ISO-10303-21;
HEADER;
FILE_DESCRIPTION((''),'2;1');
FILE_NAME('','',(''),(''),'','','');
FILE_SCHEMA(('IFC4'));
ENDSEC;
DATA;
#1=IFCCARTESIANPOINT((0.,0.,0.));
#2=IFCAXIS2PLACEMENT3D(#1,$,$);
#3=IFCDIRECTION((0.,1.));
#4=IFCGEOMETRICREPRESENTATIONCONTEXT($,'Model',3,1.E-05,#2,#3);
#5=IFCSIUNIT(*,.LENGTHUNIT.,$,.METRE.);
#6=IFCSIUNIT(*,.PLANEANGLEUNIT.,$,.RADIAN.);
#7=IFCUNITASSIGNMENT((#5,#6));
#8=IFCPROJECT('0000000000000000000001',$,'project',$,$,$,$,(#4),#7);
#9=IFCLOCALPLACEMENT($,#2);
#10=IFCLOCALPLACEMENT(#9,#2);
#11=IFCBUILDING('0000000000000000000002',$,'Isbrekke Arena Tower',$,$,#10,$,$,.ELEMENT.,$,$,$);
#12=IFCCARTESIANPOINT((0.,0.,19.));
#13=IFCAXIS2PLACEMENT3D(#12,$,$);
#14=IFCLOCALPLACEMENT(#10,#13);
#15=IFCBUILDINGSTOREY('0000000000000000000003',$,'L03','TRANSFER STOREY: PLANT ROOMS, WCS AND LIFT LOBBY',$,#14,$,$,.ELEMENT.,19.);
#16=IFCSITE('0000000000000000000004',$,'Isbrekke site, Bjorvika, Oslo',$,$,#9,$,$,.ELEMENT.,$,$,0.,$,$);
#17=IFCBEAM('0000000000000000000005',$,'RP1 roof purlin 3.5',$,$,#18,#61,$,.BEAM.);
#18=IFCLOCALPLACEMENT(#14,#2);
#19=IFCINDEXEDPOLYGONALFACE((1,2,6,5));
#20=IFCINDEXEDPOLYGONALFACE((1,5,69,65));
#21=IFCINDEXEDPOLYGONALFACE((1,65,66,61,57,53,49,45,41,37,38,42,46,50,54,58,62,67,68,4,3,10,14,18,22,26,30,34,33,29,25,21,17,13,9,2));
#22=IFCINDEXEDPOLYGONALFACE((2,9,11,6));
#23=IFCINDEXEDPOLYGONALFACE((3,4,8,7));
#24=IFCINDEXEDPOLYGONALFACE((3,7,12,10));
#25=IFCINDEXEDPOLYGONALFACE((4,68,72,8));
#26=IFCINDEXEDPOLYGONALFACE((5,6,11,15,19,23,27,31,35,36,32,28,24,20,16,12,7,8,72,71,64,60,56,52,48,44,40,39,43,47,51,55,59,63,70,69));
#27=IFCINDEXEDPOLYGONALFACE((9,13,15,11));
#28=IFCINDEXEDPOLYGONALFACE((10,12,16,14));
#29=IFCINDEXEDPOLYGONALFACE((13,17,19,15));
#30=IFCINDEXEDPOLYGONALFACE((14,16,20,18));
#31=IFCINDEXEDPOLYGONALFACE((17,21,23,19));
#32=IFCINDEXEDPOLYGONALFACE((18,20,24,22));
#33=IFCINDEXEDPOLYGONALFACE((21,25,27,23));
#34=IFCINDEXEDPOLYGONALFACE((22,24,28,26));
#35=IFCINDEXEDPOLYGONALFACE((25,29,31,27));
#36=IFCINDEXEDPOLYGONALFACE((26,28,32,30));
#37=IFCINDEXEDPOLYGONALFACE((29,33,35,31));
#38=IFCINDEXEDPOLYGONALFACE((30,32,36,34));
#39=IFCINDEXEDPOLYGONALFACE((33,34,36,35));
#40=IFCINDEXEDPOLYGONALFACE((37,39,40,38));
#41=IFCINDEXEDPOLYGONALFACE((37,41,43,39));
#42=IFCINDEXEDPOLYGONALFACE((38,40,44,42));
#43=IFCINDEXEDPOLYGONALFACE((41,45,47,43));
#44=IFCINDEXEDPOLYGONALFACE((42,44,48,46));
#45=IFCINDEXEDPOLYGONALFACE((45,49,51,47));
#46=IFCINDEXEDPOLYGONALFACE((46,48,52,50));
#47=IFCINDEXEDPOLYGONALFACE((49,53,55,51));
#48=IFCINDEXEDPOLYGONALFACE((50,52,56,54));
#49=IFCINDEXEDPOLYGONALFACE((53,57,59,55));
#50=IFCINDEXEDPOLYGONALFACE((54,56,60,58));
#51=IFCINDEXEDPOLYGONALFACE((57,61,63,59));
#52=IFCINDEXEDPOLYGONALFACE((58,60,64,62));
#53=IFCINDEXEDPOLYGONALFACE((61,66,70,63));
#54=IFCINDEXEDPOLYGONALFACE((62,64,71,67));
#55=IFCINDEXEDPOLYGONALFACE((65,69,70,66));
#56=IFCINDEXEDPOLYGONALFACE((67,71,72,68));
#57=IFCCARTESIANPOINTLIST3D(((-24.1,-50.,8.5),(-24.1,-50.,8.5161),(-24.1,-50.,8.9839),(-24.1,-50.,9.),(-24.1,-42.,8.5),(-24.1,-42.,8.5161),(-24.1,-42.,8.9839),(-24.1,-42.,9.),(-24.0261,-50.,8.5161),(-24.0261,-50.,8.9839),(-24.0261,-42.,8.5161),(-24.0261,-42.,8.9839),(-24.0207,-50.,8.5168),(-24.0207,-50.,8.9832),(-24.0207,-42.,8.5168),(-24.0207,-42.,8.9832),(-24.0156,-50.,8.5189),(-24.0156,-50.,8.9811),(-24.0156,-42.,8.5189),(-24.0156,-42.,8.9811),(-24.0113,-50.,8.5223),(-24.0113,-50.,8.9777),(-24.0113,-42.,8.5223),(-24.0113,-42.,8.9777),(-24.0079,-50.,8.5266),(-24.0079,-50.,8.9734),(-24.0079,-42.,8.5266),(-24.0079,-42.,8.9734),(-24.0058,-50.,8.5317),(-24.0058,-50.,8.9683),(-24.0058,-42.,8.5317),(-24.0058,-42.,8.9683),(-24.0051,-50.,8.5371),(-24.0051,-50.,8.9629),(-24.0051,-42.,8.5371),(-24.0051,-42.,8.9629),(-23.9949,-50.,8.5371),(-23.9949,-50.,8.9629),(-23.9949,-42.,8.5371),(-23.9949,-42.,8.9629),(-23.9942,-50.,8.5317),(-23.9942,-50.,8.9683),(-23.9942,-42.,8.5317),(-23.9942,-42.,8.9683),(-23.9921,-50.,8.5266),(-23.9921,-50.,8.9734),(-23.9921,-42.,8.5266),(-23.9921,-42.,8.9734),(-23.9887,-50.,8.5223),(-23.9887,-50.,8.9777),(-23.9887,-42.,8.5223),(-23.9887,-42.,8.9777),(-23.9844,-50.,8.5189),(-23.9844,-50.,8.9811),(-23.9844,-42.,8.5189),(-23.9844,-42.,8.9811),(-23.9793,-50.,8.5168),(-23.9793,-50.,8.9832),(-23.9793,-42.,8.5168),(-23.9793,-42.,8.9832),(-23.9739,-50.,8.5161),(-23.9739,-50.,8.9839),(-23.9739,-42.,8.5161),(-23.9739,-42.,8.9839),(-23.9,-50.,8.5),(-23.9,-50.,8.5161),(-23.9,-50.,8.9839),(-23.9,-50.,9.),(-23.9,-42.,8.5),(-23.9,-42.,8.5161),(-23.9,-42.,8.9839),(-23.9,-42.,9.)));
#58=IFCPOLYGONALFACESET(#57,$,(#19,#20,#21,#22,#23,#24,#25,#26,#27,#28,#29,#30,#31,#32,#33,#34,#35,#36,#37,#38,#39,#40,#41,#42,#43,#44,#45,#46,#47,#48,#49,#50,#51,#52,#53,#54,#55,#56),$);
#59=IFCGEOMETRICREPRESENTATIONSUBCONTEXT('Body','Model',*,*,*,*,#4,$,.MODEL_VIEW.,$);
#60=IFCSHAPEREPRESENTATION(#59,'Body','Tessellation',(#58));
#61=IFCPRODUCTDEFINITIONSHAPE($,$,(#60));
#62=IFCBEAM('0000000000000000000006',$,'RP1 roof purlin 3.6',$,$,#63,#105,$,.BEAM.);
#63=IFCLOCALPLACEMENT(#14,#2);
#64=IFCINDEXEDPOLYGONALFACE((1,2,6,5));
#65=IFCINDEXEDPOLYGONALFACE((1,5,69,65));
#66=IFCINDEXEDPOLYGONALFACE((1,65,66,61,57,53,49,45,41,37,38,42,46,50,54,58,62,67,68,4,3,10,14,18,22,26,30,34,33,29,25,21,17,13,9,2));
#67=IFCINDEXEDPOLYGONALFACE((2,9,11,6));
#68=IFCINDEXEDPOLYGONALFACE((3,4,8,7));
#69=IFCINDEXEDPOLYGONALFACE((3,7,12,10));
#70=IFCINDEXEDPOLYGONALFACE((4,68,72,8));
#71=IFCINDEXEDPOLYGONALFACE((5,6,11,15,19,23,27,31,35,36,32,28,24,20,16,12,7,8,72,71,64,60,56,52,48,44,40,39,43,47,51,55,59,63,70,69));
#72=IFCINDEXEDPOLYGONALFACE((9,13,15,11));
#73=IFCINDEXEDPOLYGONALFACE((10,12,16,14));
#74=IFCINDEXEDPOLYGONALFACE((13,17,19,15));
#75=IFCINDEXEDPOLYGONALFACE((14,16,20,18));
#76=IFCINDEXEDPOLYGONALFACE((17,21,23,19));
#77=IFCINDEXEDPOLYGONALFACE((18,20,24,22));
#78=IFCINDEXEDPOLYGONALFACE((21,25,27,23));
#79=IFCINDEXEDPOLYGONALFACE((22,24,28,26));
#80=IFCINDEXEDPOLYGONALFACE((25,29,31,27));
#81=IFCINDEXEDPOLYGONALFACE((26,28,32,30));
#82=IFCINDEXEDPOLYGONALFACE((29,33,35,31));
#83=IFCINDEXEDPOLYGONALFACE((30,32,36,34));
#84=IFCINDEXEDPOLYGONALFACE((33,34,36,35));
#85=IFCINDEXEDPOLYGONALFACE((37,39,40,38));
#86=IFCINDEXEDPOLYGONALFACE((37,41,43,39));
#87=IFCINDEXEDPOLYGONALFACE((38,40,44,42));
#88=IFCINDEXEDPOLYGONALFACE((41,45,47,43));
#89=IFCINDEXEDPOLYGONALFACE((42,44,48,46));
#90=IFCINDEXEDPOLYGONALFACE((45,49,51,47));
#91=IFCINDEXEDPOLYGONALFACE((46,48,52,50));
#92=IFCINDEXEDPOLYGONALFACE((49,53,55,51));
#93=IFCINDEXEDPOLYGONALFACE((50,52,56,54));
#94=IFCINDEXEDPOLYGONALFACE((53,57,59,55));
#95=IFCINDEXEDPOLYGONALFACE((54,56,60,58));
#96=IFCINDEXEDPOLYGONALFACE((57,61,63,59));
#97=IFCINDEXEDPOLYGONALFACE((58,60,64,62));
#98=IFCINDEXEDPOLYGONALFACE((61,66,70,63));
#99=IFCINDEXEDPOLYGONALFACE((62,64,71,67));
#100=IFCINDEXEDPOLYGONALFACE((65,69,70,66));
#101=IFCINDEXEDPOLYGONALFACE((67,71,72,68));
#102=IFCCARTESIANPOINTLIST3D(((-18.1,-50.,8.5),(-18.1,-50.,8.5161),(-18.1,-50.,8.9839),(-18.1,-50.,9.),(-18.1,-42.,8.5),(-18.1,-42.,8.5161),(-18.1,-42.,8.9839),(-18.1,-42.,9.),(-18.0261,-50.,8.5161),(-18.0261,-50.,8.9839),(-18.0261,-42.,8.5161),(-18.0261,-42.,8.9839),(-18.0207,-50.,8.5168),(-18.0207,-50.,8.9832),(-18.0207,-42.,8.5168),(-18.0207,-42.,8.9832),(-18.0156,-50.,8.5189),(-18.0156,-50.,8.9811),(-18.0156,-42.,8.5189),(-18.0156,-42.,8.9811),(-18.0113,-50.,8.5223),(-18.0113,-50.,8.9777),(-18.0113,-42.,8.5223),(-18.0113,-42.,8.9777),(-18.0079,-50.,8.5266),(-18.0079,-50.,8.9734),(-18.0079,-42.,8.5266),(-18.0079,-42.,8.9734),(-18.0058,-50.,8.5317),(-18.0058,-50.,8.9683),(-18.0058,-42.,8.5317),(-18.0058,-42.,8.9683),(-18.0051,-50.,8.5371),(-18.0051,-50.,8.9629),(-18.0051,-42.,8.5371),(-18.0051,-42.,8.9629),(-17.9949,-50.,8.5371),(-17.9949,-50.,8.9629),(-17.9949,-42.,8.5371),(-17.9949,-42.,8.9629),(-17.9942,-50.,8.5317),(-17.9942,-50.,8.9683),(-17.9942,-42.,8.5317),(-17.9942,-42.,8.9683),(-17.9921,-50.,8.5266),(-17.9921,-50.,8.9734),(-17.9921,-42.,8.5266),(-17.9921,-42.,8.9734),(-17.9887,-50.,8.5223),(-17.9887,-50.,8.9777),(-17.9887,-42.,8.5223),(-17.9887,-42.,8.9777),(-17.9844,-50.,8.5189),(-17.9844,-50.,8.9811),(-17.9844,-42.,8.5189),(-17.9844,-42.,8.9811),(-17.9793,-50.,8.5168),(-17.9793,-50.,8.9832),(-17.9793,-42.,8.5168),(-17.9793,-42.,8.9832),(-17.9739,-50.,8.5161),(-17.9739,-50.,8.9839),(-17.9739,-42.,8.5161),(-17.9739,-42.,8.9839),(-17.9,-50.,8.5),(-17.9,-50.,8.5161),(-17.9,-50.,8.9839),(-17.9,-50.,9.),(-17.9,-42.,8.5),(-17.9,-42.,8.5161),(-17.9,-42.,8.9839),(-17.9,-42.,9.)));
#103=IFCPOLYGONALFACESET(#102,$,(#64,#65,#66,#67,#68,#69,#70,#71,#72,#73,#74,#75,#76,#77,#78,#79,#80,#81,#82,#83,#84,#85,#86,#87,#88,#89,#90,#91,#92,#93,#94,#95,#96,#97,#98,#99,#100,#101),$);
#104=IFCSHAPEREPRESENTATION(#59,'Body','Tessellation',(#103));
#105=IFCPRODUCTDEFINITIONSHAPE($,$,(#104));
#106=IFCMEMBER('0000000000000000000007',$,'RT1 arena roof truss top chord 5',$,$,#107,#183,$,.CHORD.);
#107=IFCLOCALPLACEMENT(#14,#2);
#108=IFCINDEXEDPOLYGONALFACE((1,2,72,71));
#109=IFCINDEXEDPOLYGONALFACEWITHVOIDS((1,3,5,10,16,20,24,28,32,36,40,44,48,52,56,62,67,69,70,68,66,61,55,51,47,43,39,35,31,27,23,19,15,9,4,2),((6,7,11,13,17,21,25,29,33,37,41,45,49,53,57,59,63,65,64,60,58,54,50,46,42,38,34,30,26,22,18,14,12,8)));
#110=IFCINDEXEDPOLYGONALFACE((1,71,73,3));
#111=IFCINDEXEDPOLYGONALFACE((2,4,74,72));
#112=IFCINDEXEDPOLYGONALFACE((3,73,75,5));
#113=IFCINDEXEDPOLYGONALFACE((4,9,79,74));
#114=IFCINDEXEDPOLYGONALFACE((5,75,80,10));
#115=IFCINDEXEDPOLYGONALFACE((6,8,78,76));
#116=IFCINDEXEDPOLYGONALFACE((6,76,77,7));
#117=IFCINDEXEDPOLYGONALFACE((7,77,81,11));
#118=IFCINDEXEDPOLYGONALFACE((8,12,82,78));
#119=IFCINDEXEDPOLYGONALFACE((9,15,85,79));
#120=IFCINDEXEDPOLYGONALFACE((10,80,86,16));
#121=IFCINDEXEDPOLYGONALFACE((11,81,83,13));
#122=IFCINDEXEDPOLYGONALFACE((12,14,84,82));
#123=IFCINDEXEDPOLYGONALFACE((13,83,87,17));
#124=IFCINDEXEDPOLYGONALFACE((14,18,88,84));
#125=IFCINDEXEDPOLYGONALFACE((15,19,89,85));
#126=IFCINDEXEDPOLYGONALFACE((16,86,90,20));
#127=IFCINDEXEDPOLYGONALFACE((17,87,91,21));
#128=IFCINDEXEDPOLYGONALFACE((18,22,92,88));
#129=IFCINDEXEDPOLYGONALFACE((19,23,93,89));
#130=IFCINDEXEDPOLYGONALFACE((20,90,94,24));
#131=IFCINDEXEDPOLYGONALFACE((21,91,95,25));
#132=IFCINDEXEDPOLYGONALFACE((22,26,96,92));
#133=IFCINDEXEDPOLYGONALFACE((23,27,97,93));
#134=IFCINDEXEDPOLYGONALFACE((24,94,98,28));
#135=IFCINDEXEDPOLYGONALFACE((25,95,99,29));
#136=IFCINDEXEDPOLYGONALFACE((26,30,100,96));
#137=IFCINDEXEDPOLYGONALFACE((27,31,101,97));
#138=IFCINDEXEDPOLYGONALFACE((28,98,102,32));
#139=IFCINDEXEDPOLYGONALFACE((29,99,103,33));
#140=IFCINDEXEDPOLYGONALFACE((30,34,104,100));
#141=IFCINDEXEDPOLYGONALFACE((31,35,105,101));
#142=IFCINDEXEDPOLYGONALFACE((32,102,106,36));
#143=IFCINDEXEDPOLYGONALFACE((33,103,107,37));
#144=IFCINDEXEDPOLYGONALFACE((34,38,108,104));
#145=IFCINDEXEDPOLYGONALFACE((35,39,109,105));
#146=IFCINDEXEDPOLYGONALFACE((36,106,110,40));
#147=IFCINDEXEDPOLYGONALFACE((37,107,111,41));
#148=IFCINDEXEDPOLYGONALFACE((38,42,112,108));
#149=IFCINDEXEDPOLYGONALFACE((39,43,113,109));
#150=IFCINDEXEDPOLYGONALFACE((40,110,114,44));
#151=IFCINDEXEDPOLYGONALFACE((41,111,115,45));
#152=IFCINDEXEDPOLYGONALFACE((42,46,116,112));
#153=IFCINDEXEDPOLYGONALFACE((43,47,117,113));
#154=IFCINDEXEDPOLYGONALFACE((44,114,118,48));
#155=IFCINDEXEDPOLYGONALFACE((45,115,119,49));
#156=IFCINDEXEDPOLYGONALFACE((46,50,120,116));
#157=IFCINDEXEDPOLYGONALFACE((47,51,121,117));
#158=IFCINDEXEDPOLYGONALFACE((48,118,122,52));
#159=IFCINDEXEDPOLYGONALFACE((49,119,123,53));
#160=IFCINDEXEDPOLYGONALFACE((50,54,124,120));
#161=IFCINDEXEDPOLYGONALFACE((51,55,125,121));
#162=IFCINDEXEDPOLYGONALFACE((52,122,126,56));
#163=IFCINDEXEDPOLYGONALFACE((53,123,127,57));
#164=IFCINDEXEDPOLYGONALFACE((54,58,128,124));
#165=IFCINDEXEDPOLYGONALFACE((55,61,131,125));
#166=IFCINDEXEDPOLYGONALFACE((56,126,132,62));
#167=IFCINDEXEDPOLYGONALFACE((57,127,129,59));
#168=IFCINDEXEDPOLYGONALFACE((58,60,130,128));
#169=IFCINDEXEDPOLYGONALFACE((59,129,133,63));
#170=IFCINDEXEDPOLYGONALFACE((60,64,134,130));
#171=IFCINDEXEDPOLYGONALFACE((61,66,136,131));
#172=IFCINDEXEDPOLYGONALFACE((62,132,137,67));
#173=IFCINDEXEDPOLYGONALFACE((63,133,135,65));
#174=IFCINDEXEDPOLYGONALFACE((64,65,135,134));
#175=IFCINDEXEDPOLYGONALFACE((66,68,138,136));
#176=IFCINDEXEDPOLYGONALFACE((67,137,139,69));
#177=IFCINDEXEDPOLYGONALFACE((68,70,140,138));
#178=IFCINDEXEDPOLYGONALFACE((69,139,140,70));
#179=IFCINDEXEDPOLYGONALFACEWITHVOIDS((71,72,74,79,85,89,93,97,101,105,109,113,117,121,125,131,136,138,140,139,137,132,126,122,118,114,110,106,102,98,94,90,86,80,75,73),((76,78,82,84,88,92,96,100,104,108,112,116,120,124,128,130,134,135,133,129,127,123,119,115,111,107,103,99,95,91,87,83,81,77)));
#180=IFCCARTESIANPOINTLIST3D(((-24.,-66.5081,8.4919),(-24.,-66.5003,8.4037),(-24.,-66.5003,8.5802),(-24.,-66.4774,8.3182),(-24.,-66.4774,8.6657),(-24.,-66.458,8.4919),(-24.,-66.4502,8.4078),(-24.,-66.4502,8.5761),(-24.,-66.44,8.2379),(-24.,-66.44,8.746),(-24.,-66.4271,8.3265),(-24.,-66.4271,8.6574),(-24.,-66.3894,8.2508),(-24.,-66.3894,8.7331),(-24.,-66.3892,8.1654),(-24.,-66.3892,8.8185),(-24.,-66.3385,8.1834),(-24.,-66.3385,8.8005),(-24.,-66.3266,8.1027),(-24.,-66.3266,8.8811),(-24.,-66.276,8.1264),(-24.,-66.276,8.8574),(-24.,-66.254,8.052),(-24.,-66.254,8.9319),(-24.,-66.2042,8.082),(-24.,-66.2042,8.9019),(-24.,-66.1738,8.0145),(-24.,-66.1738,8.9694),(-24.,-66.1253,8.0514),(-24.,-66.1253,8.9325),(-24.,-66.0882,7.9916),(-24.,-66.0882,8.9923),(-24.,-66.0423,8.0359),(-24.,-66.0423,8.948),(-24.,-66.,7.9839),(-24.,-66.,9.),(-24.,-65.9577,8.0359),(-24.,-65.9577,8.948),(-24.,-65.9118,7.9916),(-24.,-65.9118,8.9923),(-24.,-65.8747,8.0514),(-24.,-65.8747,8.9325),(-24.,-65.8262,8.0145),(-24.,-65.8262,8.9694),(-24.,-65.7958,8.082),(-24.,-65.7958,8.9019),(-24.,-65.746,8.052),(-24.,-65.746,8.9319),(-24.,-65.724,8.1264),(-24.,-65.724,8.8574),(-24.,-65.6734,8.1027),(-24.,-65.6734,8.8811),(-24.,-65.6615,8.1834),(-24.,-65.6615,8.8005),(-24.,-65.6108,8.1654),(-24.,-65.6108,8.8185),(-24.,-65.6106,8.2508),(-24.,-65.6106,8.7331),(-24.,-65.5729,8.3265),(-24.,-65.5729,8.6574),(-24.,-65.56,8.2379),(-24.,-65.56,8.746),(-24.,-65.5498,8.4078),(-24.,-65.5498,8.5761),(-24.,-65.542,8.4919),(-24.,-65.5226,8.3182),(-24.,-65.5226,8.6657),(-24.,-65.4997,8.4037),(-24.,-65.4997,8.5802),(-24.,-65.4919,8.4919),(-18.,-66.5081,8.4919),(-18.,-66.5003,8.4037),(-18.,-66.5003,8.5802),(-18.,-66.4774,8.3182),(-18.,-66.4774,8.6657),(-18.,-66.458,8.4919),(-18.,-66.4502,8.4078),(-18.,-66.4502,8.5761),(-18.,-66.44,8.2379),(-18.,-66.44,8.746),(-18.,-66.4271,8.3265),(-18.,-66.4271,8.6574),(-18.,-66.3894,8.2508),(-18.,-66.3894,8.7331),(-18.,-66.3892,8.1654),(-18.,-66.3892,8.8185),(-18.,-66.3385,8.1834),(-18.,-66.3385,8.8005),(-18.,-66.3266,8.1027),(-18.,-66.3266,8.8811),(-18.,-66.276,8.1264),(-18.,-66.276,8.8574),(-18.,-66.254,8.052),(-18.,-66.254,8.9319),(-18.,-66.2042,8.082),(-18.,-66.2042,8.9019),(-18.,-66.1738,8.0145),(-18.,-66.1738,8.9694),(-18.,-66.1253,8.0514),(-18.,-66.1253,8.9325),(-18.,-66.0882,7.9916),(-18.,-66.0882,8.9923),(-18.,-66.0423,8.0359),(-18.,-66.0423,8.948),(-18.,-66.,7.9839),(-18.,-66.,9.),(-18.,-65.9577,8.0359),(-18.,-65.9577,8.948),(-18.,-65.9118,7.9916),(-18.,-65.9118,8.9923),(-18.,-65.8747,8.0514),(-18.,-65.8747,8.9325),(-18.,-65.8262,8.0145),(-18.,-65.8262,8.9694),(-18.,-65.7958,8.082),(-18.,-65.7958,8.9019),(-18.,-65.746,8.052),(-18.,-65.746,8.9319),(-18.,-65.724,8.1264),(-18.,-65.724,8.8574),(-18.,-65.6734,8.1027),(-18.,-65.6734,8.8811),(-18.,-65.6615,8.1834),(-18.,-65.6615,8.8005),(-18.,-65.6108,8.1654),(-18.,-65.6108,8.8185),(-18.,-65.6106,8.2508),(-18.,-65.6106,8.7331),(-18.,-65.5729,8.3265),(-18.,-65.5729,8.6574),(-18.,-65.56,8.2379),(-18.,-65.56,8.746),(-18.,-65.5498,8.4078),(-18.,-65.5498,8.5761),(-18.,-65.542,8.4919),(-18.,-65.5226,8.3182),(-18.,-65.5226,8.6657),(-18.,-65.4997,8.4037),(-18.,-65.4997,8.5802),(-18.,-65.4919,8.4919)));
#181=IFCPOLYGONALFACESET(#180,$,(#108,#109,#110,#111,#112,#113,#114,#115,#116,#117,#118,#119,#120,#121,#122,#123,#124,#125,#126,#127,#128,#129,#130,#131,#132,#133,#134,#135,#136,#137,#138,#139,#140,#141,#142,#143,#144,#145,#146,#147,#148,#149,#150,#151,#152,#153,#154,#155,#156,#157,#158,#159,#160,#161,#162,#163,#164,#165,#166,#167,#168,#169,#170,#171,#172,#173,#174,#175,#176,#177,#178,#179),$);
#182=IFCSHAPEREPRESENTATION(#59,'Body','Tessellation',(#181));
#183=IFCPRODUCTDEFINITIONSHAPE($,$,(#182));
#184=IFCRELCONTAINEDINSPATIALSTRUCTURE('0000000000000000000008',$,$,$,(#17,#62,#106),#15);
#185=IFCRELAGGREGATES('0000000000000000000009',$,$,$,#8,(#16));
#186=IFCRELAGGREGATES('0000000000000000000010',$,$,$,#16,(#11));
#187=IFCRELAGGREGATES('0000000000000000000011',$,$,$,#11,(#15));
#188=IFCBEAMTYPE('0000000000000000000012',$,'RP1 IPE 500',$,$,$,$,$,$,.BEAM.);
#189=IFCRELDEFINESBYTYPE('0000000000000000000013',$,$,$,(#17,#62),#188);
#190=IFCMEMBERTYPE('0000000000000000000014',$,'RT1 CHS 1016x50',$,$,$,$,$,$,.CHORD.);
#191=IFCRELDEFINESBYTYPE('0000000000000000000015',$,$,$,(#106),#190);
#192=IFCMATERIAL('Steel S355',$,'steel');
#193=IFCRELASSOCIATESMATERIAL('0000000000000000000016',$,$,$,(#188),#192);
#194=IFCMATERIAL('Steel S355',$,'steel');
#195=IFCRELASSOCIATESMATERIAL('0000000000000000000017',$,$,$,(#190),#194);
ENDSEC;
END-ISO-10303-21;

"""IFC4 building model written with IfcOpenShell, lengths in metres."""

from ifc_helpers import new_model, si_unit, direction, frame, origin, origin_2d, place, context, subcontext, project, spatial, hollow_circle, i_section, extrude, material, material_profile, profile_set, type_object, element, save


model = new_model("IFC4")

# Units and contexts
model_context = context("Model", 3, precision=1e-05, world=origin(), true_north=direction((0.0, 1.0)))
body_context = subcontext(model_context, "Body", "Model", "MODEL_VIEW")
ifc_project = project(units=[si_unit("LENGTHUNIT", "METRE"), si_unit("PLANEANGLEUNIT", "RADIAN")], contexts=[model_context])

# Site, building, storey
site_placement = place(None, origin())
site = spatial("IfcSite", under=ifc_project, at=site_placement, Name="Isbrekke site, Bjorvika, Oslo", CompositionType="ELEMENT", RefElevation=0.0)
building_placement = place(site_placement, origin())
building = spatial("IfcBuilding", under=site, at=building_placement, Name="Isbrekke Arena Tower", CompositionType="ELEMENT")
storey_placement = place(building_placement, frame((0.0, 0.0, 19.0)))
storey = spatial("IfcBuildingStorey", under=building, at=storey_placement, Name="L03", Description="TRANSFER STOREY: PLANT ROOMS, WCS AND LIFT LOBBY", CompositionType="ELEMENT", Elevation=19.0)

# Beams
ifc_material_1 = material(Name="Steel S355", Category="steel")
ifc_material_profile_1 = material_profile(ifc_material_1, i_section(OverallWidth=0.2, OverallDepth=0.5, WebThickness=0.0103, FlangeThickness=0.0161, FilletRadius=0.021, at=origin_2d()), Name="IPE 500")
ifc_profile_set_1 = profile_set([ifc_material_profile_1], Name="Steel S355")
beam_type = type_object("IfcBeamType", Name="RP1 IPE 500", PredefinedType="BEAM", material=ifc_profile_set_1)
for number, where, z_axis, x_axis, name in (
    (1, (-24.0, -50.0, 8.75), (0.0, 1.0, 0.0), (-1.0, 0.0, 0.0), "RP1 roof purlin 3.5"),
    (2, (-18.0, -50.0, 8.75), (0.0, 1.0, 0.0), (-1.0, 0.0, 0.0), "RP1 roof purlin 3.6"),
):
    element("IfcBeam", number, at=place(storey_placement, frame(where, z_axis=z_axis, x_axis=x_axis)), inside=storey, type_object=beam_type, Name=name, PredefinedType="BEAM", context=body_context, shape_type="SweptSolid", body=[
        extrude(i_section(OverallWidth=0.2, OverallDepth=0.5, WebThickness=0.0103, FlangeThickness=0.0161, FilletRadius=0.021, at=origin_2d()), origin(), (0.0, 0.0, 1.0), 8.0),
    ])

# Member
ifc_material_2 = material(Name="Steel S355", Category="steel")
ifc_material_profile_2 = material_profile(ifc_material_2, hollow_circle(Radius=0.5081, WallThickness=0.05, at=origin_2d()), Name="CHS 1016x50")
ifc_profile_set_2 = profile_set([ifc_material_profile_2], Name="Steel S355")
member_type_1 = type_object("IfcMemberType", Name="RT1 CHS 1016x50", PredefinedType="CHORD", material=ifc_profile_set_2)
for number, where, z_axis, x_axis, name in (
    (3, (-24.0, -66.0, 8.4919), (1.0, 0.0, 0.0), (0.0, 1.0, 0.0), "RT1 arena roof truss top chord 5"),
):
    element("IfcMember", number, at=place(storey_placement, frame(where, z_axis=z_axis, x_axis=x_axis)), inside=storey, type_object=member_type_1, Name=name, PredefinedType="CHORD", context=body_context, shape_type="SweptSolid", body=[
        extrude(hollow_circle(Radius=0.5081, WallThickness=0.05, at=origin_2d()), origin(), (0.0, 0.0, 1.0), 6.0),
    ])

save(model, "model.ifc")
